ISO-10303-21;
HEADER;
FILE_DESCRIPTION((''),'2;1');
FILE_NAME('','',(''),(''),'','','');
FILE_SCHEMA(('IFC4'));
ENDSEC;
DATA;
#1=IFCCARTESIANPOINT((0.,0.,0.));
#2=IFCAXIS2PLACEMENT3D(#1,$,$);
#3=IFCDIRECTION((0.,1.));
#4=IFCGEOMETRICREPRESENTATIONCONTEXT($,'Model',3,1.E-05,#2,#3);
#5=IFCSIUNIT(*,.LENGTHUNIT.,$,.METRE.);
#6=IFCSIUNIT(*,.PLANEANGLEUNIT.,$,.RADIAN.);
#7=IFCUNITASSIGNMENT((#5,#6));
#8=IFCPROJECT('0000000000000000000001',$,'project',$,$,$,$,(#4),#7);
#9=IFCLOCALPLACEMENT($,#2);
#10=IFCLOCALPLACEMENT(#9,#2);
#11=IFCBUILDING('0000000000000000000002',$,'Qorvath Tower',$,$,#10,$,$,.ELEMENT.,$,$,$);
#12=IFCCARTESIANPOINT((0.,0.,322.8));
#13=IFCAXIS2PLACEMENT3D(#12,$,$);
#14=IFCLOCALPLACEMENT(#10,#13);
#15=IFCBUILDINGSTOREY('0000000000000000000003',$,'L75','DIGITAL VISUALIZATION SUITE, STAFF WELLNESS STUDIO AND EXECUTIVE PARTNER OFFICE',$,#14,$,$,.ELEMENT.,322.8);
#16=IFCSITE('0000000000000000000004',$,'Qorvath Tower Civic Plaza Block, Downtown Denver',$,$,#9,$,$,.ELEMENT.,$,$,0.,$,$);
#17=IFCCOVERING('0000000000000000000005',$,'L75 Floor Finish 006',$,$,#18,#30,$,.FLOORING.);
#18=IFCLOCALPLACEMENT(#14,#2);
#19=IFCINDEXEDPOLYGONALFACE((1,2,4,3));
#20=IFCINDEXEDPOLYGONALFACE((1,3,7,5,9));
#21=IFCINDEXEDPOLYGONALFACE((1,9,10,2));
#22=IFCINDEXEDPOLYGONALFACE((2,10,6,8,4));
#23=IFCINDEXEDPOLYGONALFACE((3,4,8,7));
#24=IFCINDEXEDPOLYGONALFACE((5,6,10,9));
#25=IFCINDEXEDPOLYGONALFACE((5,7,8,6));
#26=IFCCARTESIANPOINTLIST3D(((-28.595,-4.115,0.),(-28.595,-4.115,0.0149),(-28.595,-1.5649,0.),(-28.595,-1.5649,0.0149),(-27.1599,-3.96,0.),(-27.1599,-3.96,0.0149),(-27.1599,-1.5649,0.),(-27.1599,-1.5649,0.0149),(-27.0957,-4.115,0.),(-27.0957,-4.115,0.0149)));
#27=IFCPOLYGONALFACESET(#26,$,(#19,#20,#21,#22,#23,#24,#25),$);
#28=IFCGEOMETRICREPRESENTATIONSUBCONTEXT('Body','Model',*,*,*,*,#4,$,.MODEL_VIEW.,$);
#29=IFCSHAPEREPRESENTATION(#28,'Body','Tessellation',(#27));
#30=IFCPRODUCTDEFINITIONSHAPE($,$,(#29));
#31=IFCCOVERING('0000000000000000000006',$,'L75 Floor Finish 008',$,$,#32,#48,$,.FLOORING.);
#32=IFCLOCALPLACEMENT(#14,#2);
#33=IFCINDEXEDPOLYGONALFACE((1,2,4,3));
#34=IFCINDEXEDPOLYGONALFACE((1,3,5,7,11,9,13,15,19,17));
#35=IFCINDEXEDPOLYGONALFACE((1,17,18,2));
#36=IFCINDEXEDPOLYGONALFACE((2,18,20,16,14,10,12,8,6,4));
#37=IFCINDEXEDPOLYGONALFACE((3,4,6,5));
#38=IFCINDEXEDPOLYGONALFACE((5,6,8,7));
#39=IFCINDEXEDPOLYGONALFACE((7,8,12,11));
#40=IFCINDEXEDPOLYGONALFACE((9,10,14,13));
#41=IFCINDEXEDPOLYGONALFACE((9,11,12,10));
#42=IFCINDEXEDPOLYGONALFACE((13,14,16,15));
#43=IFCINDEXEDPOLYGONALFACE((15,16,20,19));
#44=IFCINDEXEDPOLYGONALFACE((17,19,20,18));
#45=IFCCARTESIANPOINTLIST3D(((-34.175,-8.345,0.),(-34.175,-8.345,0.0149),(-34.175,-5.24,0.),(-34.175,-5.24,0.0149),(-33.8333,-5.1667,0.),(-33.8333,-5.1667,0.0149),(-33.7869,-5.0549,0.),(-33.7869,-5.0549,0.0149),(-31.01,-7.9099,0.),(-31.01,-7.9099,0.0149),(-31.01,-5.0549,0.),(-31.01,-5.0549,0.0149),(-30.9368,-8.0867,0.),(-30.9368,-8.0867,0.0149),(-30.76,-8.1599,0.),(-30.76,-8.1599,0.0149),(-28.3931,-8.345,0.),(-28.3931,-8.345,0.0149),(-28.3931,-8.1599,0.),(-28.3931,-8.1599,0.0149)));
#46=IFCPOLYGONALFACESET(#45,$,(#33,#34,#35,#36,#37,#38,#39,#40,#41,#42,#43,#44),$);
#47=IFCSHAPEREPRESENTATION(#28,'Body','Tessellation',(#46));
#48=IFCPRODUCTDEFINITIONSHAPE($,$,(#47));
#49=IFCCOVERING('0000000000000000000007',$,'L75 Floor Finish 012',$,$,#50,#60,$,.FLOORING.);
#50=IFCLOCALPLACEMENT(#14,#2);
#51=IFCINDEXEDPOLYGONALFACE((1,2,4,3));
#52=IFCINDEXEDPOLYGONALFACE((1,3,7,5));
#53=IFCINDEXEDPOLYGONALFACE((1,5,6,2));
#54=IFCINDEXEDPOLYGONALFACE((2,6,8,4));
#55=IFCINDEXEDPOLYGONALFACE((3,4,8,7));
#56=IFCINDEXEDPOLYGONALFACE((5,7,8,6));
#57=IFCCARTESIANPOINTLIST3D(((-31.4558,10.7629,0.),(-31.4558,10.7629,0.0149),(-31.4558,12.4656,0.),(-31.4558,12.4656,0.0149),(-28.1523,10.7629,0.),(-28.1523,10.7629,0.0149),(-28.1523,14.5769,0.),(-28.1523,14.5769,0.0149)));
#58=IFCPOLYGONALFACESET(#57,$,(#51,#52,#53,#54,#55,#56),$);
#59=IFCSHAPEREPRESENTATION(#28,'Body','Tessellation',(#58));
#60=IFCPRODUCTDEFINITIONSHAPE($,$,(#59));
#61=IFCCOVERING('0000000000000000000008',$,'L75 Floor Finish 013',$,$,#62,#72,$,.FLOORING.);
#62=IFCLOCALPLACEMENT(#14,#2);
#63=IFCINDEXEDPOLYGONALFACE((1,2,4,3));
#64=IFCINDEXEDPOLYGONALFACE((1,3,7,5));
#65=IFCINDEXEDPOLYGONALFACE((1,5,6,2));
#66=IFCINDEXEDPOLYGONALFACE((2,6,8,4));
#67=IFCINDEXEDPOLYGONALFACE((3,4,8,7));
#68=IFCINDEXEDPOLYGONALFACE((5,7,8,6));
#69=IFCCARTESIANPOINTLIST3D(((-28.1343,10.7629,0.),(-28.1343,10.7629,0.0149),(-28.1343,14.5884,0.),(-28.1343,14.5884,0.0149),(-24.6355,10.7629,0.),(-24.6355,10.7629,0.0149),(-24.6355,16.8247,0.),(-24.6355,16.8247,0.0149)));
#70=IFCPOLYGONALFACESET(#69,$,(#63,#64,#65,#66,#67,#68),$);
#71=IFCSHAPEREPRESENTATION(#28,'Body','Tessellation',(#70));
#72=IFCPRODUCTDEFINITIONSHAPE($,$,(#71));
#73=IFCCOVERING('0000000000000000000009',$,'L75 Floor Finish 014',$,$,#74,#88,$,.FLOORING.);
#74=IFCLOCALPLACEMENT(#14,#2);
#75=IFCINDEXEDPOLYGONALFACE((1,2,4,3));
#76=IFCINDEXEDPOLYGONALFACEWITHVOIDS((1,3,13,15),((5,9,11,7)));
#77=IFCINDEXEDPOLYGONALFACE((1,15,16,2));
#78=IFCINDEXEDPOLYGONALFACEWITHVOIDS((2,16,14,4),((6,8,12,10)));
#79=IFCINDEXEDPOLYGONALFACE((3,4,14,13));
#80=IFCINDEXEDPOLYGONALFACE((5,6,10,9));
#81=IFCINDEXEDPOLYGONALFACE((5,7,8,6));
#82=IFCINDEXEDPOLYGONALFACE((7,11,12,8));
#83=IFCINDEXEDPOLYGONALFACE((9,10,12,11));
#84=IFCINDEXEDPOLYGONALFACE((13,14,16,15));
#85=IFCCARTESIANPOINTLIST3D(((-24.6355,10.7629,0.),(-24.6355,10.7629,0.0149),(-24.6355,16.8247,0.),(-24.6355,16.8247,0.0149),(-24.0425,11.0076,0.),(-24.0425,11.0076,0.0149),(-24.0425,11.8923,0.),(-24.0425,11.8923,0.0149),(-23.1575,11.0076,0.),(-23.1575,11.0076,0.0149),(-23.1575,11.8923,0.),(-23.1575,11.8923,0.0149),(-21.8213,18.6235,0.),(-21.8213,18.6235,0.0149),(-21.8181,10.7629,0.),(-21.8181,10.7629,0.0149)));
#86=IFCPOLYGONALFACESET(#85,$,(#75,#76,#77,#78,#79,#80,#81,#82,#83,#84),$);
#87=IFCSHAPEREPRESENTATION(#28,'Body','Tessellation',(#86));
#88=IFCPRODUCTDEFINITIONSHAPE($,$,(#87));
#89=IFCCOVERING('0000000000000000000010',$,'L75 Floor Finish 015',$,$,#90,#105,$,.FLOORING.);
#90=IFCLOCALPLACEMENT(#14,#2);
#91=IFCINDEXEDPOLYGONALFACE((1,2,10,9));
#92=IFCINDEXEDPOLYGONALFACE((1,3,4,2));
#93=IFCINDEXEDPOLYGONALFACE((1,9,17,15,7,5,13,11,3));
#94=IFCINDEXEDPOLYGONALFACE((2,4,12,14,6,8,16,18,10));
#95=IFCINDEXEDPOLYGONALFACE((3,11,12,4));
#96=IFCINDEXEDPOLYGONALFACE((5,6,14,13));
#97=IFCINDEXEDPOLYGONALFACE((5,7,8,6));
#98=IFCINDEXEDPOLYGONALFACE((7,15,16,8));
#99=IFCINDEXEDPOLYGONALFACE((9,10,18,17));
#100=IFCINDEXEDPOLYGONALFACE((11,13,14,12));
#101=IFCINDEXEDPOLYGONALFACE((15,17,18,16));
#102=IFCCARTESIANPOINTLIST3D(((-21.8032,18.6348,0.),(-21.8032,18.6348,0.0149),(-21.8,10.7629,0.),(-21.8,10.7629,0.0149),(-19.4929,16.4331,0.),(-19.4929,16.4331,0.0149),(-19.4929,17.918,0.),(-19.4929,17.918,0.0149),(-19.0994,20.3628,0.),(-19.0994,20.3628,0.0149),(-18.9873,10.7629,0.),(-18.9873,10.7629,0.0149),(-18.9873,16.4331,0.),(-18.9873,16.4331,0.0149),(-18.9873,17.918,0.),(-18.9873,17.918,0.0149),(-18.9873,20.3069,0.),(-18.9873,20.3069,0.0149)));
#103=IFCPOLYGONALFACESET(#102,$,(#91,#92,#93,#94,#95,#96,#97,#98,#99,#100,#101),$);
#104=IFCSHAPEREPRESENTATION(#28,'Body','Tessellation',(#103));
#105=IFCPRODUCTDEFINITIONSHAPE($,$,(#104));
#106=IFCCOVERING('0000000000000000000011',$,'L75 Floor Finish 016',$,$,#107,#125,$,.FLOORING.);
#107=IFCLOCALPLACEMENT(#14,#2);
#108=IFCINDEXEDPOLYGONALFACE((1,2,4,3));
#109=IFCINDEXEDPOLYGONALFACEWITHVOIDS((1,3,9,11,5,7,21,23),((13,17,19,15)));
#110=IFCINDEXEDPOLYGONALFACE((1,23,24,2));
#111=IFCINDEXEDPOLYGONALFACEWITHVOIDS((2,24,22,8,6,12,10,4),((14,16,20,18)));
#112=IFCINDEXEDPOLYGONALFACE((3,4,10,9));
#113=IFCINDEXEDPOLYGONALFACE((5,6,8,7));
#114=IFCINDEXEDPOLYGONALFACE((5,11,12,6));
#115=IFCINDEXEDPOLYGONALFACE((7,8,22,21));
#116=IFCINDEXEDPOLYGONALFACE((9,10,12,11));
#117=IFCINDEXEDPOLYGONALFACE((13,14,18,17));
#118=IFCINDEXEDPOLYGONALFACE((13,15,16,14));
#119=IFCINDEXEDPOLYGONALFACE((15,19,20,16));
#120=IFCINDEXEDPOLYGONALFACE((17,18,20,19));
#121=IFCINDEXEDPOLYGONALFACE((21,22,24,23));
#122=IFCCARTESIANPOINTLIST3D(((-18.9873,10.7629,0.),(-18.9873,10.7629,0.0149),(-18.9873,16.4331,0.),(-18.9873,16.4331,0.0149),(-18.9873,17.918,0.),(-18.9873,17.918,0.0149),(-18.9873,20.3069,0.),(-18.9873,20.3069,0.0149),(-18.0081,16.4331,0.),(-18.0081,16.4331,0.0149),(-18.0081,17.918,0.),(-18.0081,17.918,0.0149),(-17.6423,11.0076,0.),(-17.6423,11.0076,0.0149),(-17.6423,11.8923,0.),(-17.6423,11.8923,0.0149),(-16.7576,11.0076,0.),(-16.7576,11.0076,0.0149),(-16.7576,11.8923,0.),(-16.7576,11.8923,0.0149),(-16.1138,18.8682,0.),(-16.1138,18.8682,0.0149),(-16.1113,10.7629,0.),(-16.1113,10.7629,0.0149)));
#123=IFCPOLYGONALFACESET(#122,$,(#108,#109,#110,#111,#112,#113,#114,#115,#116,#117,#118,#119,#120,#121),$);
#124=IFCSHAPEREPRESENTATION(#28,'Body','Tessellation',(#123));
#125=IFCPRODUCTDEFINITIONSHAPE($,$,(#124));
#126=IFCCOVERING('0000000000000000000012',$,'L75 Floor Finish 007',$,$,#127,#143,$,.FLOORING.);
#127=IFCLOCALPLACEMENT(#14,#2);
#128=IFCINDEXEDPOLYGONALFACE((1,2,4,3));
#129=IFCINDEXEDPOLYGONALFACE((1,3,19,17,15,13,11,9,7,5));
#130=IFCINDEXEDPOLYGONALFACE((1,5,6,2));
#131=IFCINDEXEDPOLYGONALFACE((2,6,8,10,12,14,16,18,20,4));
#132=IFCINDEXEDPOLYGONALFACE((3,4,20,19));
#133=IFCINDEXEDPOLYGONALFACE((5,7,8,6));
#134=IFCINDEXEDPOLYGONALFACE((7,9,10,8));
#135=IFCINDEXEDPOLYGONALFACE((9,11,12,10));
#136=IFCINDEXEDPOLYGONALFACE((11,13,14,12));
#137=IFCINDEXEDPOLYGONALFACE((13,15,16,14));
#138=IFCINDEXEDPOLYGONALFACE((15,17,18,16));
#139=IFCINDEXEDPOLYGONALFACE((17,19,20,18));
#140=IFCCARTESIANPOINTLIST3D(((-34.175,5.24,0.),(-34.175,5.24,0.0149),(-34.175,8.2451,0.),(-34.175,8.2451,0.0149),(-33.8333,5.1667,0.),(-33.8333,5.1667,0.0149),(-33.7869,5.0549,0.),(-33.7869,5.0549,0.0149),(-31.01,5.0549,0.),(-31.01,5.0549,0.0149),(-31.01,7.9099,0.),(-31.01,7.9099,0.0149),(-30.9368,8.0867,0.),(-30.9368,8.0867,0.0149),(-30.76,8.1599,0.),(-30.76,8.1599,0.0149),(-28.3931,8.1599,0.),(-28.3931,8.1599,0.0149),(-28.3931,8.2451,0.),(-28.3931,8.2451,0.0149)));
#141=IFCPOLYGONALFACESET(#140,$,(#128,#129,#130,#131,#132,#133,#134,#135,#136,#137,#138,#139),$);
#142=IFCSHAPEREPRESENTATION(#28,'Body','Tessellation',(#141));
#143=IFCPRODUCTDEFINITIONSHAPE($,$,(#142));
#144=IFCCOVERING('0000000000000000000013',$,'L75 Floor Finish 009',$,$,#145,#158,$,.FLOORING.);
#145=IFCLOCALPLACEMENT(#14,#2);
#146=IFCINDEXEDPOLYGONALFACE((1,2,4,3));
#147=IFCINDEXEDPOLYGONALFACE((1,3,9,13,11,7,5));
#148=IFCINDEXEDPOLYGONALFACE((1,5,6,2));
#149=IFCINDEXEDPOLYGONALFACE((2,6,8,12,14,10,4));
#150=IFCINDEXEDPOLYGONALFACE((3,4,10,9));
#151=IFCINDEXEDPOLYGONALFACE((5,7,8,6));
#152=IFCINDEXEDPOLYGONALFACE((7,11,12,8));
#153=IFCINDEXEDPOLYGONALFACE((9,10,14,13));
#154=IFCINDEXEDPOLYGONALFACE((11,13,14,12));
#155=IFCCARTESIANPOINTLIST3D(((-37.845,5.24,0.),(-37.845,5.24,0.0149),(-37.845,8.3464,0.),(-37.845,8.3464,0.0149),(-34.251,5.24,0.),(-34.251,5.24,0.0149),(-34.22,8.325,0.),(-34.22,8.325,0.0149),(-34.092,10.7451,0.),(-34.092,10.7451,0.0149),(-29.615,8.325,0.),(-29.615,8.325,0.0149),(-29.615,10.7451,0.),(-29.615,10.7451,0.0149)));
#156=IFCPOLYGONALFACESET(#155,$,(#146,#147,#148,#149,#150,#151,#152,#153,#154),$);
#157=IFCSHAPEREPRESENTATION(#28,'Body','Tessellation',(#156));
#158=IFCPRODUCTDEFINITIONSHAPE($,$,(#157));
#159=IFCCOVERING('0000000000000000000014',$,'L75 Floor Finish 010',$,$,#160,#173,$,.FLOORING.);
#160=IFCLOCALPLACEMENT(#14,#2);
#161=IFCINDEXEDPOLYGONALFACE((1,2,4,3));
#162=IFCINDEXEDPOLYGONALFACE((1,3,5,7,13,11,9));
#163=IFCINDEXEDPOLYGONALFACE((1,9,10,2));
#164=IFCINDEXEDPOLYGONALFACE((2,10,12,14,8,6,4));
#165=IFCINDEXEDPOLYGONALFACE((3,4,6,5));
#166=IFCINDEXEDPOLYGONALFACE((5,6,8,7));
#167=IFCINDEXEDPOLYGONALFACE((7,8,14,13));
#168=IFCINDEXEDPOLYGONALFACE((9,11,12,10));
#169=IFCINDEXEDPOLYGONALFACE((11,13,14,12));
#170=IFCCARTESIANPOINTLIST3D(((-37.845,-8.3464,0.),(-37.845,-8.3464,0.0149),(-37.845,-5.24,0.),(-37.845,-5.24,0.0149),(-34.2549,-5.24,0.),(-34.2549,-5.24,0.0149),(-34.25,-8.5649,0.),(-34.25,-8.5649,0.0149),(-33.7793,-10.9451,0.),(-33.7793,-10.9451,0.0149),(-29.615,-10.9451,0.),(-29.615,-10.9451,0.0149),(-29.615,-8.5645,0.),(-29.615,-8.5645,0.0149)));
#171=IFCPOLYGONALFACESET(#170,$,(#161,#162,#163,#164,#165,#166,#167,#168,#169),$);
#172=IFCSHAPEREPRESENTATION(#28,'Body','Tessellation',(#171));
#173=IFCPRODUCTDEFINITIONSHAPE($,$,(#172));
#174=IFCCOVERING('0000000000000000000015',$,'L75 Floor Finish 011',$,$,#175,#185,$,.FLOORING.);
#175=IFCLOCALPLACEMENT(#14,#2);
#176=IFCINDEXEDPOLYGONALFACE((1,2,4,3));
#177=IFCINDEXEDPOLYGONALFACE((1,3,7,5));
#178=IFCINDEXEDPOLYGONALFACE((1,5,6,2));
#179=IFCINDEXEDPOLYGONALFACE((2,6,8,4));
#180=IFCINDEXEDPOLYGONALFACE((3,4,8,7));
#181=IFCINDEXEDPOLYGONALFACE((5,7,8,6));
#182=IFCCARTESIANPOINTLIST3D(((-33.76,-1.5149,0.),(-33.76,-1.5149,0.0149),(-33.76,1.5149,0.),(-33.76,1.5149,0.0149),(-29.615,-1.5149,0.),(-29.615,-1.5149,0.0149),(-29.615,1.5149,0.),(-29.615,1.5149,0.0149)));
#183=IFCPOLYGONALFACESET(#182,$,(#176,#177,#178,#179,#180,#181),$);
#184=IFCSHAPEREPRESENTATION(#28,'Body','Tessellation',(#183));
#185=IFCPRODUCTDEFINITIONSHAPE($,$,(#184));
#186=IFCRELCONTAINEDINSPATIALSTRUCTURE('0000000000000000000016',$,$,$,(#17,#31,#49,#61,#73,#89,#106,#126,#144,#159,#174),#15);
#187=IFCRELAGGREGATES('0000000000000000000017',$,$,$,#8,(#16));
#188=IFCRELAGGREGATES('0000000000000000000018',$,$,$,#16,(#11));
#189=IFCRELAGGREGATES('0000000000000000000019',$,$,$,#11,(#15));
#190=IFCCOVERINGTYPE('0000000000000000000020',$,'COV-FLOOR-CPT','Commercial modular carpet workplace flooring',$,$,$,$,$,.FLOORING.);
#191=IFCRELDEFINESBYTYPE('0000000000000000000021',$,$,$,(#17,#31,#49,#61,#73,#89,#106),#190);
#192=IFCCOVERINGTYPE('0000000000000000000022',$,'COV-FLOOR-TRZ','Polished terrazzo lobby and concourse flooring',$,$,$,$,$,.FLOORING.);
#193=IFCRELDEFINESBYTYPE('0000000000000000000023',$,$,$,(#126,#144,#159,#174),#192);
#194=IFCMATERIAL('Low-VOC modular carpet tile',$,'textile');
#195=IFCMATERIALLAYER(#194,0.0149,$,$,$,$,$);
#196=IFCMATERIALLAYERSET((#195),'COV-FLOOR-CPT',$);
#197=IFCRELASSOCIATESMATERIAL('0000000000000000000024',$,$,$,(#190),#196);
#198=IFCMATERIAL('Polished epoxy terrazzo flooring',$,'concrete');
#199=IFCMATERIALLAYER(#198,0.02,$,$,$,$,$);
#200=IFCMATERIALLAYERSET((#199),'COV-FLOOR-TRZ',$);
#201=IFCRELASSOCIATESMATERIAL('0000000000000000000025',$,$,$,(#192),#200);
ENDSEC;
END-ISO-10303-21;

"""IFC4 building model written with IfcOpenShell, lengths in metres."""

from ifc_helpers import new_model, si_unit, direction, frame, origin, place, context, subcontext, project, spatial, polyline, outline, extrude, material, layer, layer_set, type_object, element, save


model = new_model("IFC4")

# Units and contexts
model_context = context("Model", 3, precision=1e-05, world=origin(), true_north=direction((0.0, 1.0)))
body_context = subcontext(model_context, "Body", "Model", "MODEL_VIEW")
ifc_project = project(units=[si_unit("LENGTHUNIT", "METRE"), si_unit("PLANEANGLEUNIT", "RADIAN")], contexts=[model_context])

# Site, building, storey
site_placement = place(None, origin())
site = spatial("IfcSite", under=ifc_project, at=site_placement, Name="Qorvath Tower Civic Plaza Block, Downtown Denver", CompositionType="ELEMENT", RefElevation=0.0)
building_placement = place(site_placement, origin())
building = spatial("IfcBuilding", under=site, at=building_placement, Name="Qorvath Tower", CompositionType="ELEMENT")
storey_placement = place(building_placement, frame((0.0, 0.0, 322.8)))
storey = spatial("IfcBuildingStorey", under=building, at=storey_placement, Name="L75", Description="DIGITAL VISUALIZATION SUITE, STAFF WELLNESS STUDIO AND EXECUTIVE PARTNER OFFICE", CompositionType="ELEMENT", Elevation=322.8)

# Coverings
ifc_material_1 = material(Name="Low-VOC modular carpet tile", Category="textile")
ifc_layer_1 = layer(ifc_material_1, 0.0149)
ifc_layer_set_1 = layer_set([ifc_layer_1], Name="COV-FLOOR-CPT")
covering_type_1 = type_object("IfcCoveringType", Name="COV-FLOOR-CPT", Description="Commercial modular carpet workplace flooring", PredefinedType="FLOORING", material=ifc_layer_set_1)
covering_1_placement = place(storey_placement, origin())
element("IfcCovering", 1, at=covering_1_placement, inside=storey, type_object=covering_type_1, Name="L75 Floor Finish 006", PredefinedType="FLOORING", context=body_context, shape_type="SweptSolid", body=[
    extrude(outline(polyline([(-27.0957, -4.115), (-27.1599, -3.96), (-27.1599, -1.5649), (-28.595, -1.5649), (-28.595, -4.115), (-27.0957, -4.115)])), origin(), (0.0, 0.0, 1.0), 0.0149),
])
covering_2_placement = place(storey_placement, origin())
element("IfcCovering", 2, at=covering_2_placement, inside=storey, type_object=covering_type_1, Name="L75 Floor Finish 008", PredefinedType="FLOORING", context=body_context, shape_type="SweptSolid", body=[
    extrude(outline(polyline([(-33.7869, -5.0549), (-33.8333, -5.1667), (-34.175, -5.24), (-34.175, -8.345), (-28.3931, -8.345), (-28.3931, -8.1599), (-30.76, -8.1599), (-30.9368, -8.0867), (-31.01, -7.9099), (-31.01, -5.0549), (-33.7869, -5.0549)])), origin(), (0.0, 0.0, 1.0), 0.0149),
])
covering_3_placement = place(storey_placement, origin())
element("IfcCovering", 3, at=covering_3_placement, inside=storey, type_object=covering_type_1, Name="L75 Floor Finish 012", PredefinedType="FLOORING", context=body_context, shape_type="SweptSolid", body=[
    extrude(outline(polyline([(-28.1523, 14.5769), (-31.4558, 12.4656), (-31.4558, 10.7629), (-28.1523, 10.7629), (-28.1523, 14.5769)])), origin(), (0.0, 0.0, 1.0), 0.0149),
])
covering_4_placement = place(storey_placement, origin())
element("IfcCovering", 4, at=covering_4_placement, inside=storey, type_object=covering_type_1, Name="L75 Floor Finish 013", PredefinedType="FLOORING", context=body_context, shape_type="SweptSolid", body=[
    extrude(outline(polyline([(-24.6355, 10.7629), (-24.6355, 16.8247), (-28.1343, 14.5884), (-28.1343, 10.7629), (-24.6355, 10.7629)])), origin(), (0.0, 0.0, 1.0), 0.0149),
])
covering_5_placement = place(storey_placement, origin())
element("IfcCovering", 5, at=covering_5_placement, inside=storey, type_object=covering_type_1, Name="L75 Floor Finish 014", PredefinedType="FLOORING", context=body_context, shape_type="SweptSolid", body=[
    extrude(outline(polyline([(-21.8181, 10.7629), (-21.8213, 18.6235), (-24.6355, 16.8247), (-24.6355, 10.7629), (-21.8181, 10.7629)]), holes=[polyline([(-24.0425, 11.0076), (-24.0425, 11.8923), (-23.1575, 11.8923), (-23.1575, 11.0076), (-24.0425, 11.0076)])]), origin(), (0.0, 0.0, 1.0), 0.0149),
])
covering_6_placement = place(storey_placement, origin())
element("IfcCovering", 6, at=covering_6_placement, inside=storey, type_object=covering_type_1, Name="L75 Floor Finish 015", PredefinedType="FLOORING", context=body_context, shape_type="SweptSolid", body=[
    extrude(outline(polyline([(-21.8, 10.7629), (-18.9873, 10.7629), (-18.9873, 16.4331), (-19.4929, 16.4331), (-19.4929, 17.918), (-18.9873, 17.918), (-18.9873, 20.3069), (-19.0994, 20.3628), (-21.8032, 18.6348), (-21.8, 10.7629)])), origin(), (0.0, 0.0, 1.0), 0.0149),
])
covering_7_placement = place(storey_placement, origin())
element("IfcCovering", 7, at=covering_7_placement, inside=storey, type_object=covering_type_1, Name="L75 Floor Finish 016", PredefinedType="FLOORING", context=body_context, shape_type="SweptSolid", body=[
    extrude(outline(polyline([(-18.9873, 20.3069), (-18.9873, 17.918), (-18.0081, 17.918), (-18.0081, 16.4331), (-18.9873, 16.4331), (-18.9873, 10.7629), (-16.1113, 10.7629), (-16.1138, 18.8682), (-18.9873, 20.3069)]), holes=[polyline([(-17.6423, 11.0076), (-17.6423, 11.8923), (-16.7576, 11.8923), (-16.7576, 11.0076), (-17.6423, 11.0076)])]), origin(), (0.0, 0.0, 1.0), 0.0149),
])
ifc_material_2 = material(Name="Polished epoxy terrazzo flooring", Category="concrete")
ifc_layer_2 = layer(ifc_material_2, 0.02)
ifc_layer_set_2 = layer_set([ifc_layer_2], Name="COV-FLOOR-TRZ")
covering_type_2 = type_object("IfcCoveringType", Name="COV-FLOOR-TRZ", Description="Polished terrazzo lobby and concourse flooring", PredefinedType="FLOORING", material=ifc_layer_set_2)
covering_8_placement = place(storey_placement, origin())
element("IfcCovering", 8, at=covering_8_placement, inside=storey, type_object=covering_type_2, Name="L75 Floor Finish 007", PredefinedType="FLOORING", context=body_context, shape_type="SweptSolid", body=[
    extrude(outline(polyline([(-31.01, 5.0549), (-31.01, 7.9099), (-30.9368, 8.0867), (-30.76, 8.1599), (-28.3931, 8.1599), (-28.3931, 8.2451), (-34.175, 8.2451), (-34.175, 5.24), (-33.8333, 5.1667), (-33.7869, 5.0549), (-31.01, 5.0549)])), origin(), (0.0, 0.0, 1.0), 0.0149),
])
covering_9_placement = place(storey_placement, origin())
element("IfcCovering", 9, at=covering_9_placement, inside=storey, type_object=covering_type_2, Name="L75 Floor Finish 009", PredefinedType="FLOORING", context=body_context, shape_type="SweptSolid", body=[
    extrude(outline(polyline([(-29.615, 8.325), (-29.615, 10.7451), (-34.092, 10.7451), (-37.845, 8.3464), (-37.845, 5.24), (-34.251, 5.24), (-34.22, 8.325), (-29.615, 8.325)])), origin(), (0.0, 0.0, 1.0), 0.0149),
])
covering_10_placement = place(storey_placement, origin())
element("IfcCovering", 10, at=covering_10_placement, inside=storey, type_object=covering_type_2, Name="L75 Floor Finish 010", PredefinedType="FLOORING", context=body_context, shape_type="SweptSolid", body=[
    extrude(outline(polyline([(-34.25, -8.5649), (-34.2549, -5.24), (-37.845, -5.24), (-37.845, -8.3464), (-33.7793, -10.9451), (-29.615, -10.9451), (-29.615, -8.5645), (-34.25, -8.5649)])), origin(), (0.0, 0.0, 1.0), 0.0149),
])
covering_11_placement = place(storey_placement, origin())
element("IfcCovering", 11, at=covering_11_placement, inside=storey, type_object=covering_type_2, Name="L75 Floor Finish 011", PredefinedType="FLOORING", context=body_context, shape_type="SweptSolid", body=[
    extrude(outline(polyline([(-29.615, -1.5149), (-29.615, 1.5149), (-33.76, 1.5149), (-33.76, -1.5149), (-29.615, -1.5149)])), origin(), (0.0, 0.0, 1.0), 0.0149),
])

save(model, "model.ifc")
